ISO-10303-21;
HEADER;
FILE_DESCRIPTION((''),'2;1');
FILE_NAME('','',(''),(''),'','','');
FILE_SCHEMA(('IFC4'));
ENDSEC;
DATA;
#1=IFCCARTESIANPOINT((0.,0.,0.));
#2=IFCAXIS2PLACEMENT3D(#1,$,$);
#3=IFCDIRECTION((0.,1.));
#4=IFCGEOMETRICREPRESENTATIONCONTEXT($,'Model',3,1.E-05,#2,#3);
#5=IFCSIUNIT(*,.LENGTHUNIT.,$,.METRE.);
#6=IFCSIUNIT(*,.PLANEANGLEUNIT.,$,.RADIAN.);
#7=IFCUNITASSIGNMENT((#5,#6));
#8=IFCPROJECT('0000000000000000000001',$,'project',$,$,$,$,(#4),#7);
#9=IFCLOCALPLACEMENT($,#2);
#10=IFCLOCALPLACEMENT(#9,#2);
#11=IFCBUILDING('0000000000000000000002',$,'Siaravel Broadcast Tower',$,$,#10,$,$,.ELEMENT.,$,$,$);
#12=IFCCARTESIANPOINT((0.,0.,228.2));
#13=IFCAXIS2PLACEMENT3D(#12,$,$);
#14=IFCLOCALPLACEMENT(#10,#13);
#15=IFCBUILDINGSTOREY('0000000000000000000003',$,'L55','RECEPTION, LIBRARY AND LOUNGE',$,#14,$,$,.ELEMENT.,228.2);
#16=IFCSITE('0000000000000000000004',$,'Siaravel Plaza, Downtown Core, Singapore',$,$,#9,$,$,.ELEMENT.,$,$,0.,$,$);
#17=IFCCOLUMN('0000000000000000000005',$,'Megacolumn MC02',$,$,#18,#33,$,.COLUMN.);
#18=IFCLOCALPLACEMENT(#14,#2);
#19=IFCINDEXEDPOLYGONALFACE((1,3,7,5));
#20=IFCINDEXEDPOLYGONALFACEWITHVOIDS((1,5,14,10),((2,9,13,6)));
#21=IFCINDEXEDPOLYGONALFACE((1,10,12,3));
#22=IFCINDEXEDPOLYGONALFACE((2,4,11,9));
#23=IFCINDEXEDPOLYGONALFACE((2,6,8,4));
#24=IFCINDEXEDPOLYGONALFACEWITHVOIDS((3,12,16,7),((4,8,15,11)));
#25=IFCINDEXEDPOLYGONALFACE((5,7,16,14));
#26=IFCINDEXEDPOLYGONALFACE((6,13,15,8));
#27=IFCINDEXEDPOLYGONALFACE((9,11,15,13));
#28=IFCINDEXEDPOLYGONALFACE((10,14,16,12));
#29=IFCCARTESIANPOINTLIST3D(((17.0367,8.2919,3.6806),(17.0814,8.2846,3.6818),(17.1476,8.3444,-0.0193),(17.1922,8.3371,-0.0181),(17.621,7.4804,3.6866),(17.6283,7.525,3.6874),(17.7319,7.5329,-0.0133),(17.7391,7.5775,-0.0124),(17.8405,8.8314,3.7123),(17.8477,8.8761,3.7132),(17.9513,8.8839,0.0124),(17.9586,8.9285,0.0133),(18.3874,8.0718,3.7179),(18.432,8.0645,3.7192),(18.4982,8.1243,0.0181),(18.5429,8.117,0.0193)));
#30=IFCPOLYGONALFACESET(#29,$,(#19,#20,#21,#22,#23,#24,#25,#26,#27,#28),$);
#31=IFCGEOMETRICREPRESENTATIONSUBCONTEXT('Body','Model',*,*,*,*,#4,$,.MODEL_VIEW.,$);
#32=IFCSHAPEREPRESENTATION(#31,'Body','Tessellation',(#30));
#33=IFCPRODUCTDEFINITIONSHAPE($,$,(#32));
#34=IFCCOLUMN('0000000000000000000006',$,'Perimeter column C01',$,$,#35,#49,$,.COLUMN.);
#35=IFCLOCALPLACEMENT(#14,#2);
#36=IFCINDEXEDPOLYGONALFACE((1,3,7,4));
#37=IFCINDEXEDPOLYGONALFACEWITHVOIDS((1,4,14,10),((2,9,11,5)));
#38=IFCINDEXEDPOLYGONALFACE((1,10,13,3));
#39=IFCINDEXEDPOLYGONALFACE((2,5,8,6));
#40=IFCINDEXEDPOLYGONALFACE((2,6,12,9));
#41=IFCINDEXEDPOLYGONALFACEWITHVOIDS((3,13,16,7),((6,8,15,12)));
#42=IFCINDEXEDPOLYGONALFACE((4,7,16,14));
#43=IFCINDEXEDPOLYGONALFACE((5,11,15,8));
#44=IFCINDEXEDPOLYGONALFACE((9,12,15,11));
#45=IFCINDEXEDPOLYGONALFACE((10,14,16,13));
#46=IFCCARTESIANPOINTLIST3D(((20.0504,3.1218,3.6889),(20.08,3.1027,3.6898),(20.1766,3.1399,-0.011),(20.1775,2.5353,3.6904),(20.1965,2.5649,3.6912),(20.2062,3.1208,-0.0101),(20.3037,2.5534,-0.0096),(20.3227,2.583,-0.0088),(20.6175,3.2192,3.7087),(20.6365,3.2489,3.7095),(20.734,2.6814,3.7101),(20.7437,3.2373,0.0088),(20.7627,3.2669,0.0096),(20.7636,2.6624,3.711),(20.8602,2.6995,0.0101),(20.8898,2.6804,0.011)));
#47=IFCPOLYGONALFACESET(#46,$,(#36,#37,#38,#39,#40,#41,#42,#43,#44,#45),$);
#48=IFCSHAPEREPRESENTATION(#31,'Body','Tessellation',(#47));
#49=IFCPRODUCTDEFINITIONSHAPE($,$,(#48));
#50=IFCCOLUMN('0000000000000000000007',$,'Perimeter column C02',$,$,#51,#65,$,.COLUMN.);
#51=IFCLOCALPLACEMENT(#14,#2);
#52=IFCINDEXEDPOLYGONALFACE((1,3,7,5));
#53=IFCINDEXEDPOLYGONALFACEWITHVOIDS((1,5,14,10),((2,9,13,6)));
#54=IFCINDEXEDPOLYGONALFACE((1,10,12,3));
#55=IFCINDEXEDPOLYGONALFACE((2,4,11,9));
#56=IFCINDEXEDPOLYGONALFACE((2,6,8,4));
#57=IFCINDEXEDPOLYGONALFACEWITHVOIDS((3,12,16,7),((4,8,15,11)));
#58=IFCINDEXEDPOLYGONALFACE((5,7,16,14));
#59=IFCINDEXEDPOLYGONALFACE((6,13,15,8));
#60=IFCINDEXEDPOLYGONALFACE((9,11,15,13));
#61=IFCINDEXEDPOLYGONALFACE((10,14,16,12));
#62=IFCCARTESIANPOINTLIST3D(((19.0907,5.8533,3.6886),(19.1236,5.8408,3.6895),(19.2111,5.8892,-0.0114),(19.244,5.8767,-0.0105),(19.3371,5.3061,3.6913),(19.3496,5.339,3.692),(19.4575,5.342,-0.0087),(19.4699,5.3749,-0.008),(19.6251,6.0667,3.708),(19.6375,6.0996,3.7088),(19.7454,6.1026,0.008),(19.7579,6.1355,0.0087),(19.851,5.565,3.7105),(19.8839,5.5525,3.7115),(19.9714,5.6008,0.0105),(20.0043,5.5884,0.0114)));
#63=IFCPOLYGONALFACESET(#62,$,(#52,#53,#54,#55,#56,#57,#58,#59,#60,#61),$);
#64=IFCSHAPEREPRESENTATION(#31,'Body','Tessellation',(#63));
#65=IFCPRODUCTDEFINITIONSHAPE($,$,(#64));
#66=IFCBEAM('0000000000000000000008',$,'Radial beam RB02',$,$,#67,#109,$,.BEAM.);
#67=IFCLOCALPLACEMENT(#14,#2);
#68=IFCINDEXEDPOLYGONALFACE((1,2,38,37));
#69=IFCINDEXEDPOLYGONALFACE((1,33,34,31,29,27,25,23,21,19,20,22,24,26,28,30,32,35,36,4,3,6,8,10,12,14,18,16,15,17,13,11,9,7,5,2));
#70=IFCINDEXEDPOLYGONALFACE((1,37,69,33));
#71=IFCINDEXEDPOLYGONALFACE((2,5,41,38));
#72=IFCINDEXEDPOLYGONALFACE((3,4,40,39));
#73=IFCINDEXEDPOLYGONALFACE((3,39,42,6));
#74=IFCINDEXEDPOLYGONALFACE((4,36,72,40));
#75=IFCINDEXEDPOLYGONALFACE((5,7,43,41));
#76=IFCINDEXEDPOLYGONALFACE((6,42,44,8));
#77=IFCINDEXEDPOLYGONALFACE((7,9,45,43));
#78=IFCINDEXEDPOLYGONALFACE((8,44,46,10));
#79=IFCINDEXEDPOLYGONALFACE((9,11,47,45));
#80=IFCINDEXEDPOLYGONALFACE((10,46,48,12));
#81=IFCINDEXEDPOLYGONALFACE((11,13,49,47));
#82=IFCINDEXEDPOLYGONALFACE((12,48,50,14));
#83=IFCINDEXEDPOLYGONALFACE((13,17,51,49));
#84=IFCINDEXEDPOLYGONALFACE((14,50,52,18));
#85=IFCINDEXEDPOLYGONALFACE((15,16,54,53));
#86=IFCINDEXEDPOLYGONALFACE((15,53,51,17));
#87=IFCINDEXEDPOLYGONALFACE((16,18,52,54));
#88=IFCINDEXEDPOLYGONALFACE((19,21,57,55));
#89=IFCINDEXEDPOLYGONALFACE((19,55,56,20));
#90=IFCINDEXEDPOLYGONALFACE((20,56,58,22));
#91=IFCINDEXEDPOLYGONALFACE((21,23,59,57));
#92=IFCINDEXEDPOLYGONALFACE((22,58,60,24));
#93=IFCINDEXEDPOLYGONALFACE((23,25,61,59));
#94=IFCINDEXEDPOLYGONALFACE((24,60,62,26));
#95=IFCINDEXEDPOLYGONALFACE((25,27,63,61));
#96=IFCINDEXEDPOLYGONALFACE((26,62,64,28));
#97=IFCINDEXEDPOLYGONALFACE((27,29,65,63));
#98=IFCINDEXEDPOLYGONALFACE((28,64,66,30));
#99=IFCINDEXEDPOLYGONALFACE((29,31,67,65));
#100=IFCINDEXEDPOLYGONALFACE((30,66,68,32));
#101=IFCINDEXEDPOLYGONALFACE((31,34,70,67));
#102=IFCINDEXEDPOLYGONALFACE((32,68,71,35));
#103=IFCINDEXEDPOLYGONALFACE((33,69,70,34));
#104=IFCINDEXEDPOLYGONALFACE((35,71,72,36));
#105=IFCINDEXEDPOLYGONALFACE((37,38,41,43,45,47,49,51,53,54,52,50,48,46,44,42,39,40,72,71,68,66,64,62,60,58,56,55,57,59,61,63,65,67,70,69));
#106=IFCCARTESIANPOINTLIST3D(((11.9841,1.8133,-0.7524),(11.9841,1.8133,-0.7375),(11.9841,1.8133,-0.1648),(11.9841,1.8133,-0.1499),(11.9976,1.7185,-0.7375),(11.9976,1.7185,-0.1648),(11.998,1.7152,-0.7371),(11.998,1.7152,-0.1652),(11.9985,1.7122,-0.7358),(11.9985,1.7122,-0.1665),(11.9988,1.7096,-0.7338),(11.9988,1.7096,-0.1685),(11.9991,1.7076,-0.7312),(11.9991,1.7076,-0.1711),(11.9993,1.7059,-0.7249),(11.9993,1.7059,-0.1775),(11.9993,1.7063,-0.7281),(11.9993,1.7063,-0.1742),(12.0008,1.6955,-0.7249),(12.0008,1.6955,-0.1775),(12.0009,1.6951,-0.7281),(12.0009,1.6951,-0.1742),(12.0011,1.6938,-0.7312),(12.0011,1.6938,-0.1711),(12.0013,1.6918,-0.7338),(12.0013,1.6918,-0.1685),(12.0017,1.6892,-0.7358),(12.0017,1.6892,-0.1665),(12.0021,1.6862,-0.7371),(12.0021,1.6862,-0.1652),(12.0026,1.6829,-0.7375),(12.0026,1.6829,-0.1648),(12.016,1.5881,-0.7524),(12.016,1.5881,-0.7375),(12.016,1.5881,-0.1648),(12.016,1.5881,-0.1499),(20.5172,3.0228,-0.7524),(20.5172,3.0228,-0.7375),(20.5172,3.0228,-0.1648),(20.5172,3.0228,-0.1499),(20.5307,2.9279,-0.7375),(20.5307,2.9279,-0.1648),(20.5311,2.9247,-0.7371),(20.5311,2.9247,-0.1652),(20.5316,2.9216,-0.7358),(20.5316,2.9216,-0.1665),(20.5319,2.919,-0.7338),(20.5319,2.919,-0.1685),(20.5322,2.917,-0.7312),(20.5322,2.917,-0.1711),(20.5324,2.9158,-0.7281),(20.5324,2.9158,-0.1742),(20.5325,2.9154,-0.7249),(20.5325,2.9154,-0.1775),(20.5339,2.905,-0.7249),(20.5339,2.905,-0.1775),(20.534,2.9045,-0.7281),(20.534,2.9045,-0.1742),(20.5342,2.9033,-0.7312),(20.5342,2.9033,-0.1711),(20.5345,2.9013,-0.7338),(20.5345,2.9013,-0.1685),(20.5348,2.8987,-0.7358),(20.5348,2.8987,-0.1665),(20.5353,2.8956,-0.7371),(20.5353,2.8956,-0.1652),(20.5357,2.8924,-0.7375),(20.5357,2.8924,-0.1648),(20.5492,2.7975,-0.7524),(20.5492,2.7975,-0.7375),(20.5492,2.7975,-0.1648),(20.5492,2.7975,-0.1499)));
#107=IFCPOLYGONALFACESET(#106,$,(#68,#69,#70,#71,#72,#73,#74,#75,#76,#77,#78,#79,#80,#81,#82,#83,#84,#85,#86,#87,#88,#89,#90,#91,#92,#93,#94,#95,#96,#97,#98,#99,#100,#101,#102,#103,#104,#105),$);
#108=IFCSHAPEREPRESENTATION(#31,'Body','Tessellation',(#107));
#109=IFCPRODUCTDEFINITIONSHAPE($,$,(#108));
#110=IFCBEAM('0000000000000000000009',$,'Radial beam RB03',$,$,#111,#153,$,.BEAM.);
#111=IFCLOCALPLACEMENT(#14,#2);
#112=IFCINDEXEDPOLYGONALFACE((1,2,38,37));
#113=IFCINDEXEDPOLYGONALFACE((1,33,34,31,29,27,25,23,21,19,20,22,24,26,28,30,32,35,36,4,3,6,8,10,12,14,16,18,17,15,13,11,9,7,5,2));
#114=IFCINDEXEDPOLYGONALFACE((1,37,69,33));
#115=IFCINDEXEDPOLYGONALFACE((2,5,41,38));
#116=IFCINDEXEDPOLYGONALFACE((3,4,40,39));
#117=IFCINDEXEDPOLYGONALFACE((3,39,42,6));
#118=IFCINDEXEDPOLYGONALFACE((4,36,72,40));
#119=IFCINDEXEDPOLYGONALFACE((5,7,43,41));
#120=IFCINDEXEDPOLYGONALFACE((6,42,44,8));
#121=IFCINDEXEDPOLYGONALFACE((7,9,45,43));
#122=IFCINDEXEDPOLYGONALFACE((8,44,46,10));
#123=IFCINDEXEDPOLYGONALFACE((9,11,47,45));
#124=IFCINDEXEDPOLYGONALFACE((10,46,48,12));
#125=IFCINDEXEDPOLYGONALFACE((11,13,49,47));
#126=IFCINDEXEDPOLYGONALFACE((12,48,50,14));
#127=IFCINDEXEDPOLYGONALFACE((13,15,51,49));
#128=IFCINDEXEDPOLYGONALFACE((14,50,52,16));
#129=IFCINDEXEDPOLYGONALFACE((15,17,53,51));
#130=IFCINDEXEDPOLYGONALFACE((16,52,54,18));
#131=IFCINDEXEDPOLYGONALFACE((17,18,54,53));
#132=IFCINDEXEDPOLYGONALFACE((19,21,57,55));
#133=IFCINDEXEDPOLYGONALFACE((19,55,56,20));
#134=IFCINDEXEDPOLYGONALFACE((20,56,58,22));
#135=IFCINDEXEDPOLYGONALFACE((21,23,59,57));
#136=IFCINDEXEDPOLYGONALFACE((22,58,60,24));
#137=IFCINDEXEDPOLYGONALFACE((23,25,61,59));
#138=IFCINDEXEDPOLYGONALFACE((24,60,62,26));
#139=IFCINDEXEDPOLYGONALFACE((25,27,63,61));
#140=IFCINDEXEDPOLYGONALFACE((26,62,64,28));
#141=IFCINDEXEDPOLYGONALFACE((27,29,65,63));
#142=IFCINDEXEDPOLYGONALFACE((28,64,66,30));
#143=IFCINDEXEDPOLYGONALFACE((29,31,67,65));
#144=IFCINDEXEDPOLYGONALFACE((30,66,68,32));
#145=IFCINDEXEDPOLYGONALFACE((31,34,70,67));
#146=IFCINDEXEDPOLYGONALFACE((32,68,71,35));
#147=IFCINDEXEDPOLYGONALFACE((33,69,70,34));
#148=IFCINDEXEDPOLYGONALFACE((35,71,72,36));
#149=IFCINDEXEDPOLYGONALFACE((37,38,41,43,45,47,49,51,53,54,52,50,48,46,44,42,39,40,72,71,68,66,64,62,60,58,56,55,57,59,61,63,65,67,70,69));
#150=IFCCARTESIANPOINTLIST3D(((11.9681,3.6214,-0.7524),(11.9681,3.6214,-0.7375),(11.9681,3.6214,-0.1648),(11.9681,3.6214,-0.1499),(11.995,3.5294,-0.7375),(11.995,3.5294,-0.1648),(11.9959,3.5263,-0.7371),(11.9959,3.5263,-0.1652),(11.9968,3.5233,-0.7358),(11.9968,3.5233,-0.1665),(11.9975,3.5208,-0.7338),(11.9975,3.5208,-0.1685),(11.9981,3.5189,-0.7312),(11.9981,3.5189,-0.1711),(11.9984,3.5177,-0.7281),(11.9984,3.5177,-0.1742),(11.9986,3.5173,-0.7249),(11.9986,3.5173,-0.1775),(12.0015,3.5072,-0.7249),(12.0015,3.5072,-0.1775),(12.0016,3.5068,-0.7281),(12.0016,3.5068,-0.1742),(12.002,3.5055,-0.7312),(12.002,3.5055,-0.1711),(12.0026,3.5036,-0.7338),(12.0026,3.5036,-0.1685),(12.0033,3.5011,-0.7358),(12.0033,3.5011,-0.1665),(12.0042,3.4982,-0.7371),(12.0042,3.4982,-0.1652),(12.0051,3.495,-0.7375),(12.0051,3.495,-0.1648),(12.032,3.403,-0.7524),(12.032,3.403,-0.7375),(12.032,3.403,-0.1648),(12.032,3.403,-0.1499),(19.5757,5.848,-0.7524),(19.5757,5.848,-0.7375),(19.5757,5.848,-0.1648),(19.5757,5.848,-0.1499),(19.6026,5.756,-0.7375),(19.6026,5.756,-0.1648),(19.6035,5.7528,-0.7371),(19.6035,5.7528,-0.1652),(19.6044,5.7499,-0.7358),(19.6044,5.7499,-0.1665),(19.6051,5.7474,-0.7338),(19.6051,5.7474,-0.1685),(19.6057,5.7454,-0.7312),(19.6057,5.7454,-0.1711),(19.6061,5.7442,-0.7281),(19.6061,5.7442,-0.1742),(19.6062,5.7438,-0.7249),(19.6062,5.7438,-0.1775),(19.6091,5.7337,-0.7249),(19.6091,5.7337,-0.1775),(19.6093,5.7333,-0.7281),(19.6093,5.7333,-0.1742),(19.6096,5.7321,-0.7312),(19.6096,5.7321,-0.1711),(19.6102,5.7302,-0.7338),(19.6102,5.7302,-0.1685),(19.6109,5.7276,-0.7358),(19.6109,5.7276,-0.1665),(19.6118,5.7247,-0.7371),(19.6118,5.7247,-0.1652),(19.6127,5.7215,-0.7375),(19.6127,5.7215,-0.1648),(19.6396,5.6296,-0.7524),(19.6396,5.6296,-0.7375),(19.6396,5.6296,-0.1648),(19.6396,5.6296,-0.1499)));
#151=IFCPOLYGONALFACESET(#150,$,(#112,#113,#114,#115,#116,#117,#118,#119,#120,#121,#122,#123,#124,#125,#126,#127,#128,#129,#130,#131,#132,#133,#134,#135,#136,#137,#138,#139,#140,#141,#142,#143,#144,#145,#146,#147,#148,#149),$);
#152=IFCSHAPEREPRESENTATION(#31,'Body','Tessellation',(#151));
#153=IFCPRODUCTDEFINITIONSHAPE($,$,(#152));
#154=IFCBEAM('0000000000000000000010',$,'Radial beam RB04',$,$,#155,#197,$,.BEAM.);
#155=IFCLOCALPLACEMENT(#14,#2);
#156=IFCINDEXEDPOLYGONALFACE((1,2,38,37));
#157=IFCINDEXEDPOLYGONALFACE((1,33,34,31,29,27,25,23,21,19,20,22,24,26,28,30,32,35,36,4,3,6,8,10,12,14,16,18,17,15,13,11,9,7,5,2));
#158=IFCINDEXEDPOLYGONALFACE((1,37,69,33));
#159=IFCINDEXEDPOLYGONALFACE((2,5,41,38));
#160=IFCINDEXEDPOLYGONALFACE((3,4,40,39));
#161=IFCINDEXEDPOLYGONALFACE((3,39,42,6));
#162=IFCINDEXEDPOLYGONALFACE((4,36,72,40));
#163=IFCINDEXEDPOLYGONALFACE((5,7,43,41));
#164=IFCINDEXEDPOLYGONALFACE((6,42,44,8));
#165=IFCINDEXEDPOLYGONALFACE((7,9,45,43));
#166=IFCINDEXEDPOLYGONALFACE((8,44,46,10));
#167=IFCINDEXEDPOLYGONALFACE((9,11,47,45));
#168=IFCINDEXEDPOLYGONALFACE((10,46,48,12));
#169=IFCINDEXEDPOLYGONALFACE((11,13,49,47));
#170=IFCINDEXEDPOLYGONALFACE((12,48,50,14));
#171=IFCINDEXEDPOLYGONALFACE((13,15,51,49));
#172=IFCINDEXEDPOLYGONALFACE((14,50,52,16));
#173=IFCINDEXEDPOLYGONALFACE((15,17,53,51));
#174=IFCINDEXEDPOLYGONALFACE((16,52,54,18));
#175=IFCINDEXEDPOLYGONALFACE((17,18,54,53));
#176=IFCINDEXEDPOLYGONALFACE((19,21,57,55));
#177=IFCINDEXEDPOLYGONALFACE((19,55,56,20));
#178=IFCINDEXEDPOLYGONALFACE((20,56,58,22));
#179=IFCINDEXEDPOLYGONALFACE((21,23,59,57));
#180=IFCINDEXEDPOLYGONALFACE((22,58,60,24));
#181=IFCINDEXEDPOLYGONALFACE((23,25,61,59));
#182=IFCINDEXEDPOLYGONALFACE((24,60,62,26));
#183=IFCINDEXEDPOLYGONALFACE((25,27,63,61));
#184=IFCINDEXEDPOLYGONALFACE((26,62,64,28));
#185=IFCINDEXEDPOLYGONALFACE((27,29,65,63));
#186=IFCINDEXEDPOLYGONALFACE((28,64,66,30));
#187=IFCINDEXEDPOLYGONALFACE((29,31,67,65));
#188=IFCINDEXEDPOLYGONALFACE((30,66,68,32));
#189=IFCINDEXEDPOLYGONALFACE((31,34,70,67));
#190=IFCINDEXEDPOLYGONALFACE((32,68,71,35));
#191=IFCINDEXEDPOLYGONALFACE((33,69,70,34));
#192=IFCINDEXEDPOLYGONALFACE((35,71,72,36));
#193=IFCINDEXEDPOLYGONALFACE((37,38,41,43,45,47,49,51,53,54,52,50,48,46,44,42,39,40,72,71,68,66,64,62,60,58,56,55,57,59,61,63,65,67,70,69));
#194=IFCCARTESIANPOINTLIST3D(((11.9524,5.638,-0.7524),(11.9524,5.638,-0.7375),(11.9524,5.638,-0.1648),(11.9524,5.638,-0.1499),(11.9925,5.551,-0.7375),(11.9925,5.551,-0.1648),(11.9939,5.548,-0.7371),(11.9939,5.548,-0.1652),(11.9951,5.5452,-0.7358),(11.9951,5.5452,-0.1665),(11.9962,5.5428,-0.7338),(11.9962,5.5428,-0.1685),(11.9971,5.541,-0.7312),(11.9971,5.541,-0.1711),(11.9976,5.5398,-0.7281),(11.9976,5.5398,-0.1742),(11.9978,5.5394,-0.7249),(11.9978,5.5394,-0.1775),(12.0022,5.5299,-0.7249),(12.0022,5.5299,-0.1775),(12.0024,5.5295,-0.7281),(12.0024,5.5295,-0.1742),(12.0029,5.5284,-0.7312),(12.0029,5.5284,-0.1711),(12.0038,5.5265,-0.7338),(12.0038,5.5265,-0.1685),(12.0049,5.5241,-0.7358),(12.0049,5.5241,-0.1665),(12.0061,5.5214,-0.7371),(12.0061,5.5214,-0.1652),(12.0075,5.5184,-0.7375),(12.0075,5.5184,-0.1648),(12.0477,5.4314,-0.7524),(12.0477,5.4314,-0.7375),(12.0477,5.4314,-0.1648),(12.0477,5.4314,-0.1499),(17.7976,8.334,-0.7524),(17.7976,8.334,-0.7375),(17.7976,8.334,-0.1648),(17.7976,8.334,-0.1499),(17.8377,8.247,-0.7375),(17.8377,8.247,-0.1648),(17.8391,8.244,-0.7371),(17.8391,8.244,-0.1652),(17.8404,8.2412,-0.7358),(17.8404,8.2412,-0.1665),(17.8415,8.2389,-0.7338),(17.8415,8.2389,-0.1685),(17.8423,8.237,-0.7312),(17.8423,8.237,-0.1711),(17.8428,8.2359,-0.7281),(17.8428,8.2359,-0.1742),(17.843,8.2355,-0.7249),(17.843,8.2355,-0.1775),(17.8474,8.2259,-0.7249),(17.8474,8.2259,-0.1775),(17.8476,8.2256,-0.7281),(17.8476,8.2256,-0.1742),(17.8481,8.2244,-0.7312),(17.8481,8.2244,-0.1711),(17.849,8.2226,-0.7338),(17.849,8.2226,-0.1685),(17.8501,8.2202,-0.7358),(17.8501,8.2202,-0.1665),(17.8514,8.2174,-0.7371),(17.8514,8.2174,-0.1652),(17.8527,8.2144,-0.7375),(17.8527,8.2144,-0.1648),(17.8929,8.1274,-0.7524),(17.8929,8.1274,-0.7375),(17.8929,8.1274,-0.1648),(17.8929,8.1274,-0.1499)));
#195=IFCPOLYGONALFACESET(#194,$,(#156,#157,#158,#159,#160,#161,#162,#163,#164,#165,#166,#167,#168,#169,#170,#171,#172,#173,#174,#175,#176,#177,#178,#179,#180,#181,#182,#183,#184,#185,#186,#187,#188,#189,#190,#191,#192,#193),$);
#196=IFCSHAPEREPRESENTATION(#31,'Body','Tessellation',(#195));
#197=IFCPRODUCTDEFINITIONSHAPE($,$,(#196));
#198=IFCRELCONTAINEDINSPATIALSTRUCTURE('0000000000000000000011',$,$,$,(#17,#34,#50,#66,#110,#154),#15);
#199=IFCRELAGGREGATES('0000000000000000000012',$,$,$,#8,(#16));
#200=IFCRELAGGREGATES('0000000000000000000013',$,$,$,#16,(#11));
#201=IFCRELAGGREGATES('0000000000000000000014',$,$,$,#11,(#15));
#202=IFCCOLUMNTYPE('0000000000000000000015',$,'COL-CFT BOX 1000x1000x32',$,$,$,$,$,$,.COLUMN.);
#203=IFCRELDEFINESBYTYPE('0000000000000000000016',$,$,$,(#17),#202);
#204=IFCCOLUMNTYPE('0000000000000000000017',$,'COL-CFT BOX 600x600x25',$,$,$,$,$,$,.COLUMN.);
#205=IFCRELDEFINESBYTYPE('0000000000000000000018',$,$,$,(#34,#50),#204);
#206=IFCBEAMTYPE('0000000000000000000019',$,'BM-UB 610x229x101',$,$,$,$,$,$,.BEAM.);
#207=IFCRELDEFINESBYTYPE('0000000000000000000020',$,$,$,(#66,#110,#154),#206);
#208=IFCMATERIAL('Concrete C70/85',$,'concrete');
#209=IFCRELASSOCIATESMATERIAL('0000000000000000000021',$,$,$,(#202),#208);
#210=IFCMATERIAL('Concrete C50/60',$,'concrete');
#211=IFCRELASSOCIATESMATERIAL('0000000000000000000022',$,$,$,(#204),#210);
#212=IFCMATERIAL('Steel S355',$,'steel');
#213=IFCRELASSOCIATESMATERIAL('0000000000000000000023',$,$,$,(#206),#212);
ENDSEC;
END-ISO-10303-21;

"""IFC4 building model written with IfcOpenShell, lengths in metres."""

from ifc_helpers import new_model, si_unit, direction, frame, origin, origin_2d, place, context, subcontext, project, spatial, hollow_rectangle, i_section, extrude, material, material_profile, profile_set, type_object, element, save


model = new_model("IFC4")

# Units and contexts
model_context = context("Model", 3, precision=1e-05, world=origin(), true_north=direction((0.0, 1.0)))
body_context = subcontext(model_context, "Body", "Model", "MODEL_VIEW")
ifc_project = project(units=[si_unit("LENGTHUNIT", "METRE"), si_unit("PLANEANGLEUNIT", "RADIAN")], contexts=[model_context])

# Site, building, storey
site_placement = place(None, origin())
site = spatial("IfcSite", under=ifc_project, at=site_placement, Name="Siaravel Plaza, Downtown Core, Singapore", CompositionType="ELEMENT", RefElevation=0.0)
building_placement = place(site_placement, origin())
building = spatial("IfcBuilding", under=site, at=building_placement, Name="Siaravel Broadcast Tower", CompositionType="ELEMENT")
storey_placement = place(building_placement, frame((0.0, 0.0, 228.2)))
storey = spatial("IfcBuildingStorey", under=building, at=storey_placement, Name="L55", Description="RECEPTION, LIBRARY AND LOUNGE", CompositionType="ELEMENT", Elevation=228.2)

# Columns
ifc_material_1 = material(Name="Concrete C70/85", Category="concrete")
ifc_material_profile_1 = material_profile(ifc_material_1, hollow_rectangle(XDim=1.0, YDim=1.0, WallThickness=0.032, at=origin_2d()))
ifc_profile_set_1 = profile_set([ifc_material_profile_1], Name="Concrete C70/85")
column_type_1 = type_object("IfcColumnType", Name="COL-CFT BOX 1000x1000x32", PredefinedType="COLUMN", material=ifc_profile_set_1)
column_placement = place(storey_placement, frame((17.8452, 8.2307, 0.0), z_axis=(-0.029941, -0.014179, 0.999451), x_axis=(0.584284, -0.811527, 0.005991)))
element("IfcColumn", 1, at=column_placement, inside=storey, type_object=column_type_1, Name="Megacolumn MC02", PredefinedType="COLUMN", context=body_context, shape_type="SweptSolid", body=[
    extrude(hollow_rectangle(XDim=1.0, YDim=1.0, WallThickness=0.032, at=origin_2d()), origin(), (0.0, 0.0, 1.0), 3.7019),
])
ifc_material_2 = material(Name="Concrete C50/60", Category="concrete")
ifc_material_profile_2 = material_profile(ifc_material_2, hollow_rectangle(XDim=0.6001, YDim=0.6001, WallThickness=0.0249, at=origin_2d()))
ifc_profile_set_2 = profile_set([ifc_material_profile_2], Name="Concrete C50/60")
column_type_2 = type_object("IfcColumnType", Name="COL-CFT BOX 600x600x25", PredefinedType="COLUMN", material=ifc_profile_set_2)
for number, where, z_axis, x_axis, name in (
    (2, (20.5332, 2.9102, 0.0), (-0.034094, -0.00488, 0.999407), (0.211754, -0.97732, 0.002452), "Perimeter column C01"),
    (3, (19.6077, 5.7388, 0.0), (-0.032512, -0.009694, 0.999424), (0.410601, -0.911804, 0.004513), "Perimeter column C02"),
):
    element("IfcColumn", number, at=place(storey_placement, frame(where, z_axis=z_axis, x_axis=x_axis)), inside=storey, type_object=column_type_2, Name=name, PredefinedType="COLUMN", context=body_context, shape_type="SweptSolid", body=[
        extrude(hollow_rectangle(XDim=0.6001, YDim=0.6001, WallThickness=0.0249, at=origin_2d()), origin(), (0.0, 0.0, 1.0), 3.7021),
    ])

# Beams
ifc_material_3 = material(Name="Steel S355", Category="steel")
ifc_material_profile_3 = material_profile(ifc_material_3, i_section(OverallWidth=0.2275, OverallDepth=0.6025, WebThickness=0.0105, FlangeThickness=0.0149, FilletRadius=0.0127, at=origin_2d()))
ifc_profile_set_3 = profile_set([ifc_material_profile_3], Name="Steel S355")
beam_type = type_object("IfcBeamType", Name="BM-UB 610x229x101", PredefinedType="BEAM", material=ifc_profile_set_3)
beam_1_placement = place(storey_placement, frame((20.5332, 2.9102, -0.4512), z_axis=(-0.990104, -0.140335, 0.0), x_axis=(0.140335, -0.990104, 0.0)))
element("IfcBeam", 4, at=beam_1_placement, inside=storey, type_object=beam_type, Name="Radial beam RB02", PredefinedType="BEAM", context=body_context, shape_type="SweptSolid", body=[
    extrude(i_section(OverallWidth=0.2275, OverallDepth=0.6025, WebThickness=0.0105, FlangeThickness=0.0149, FilletRadius=0.0127, at=origin_2d()), origin(), (0.0, 0.0, 1.0), 8.6184),
])
beam_2_placement = place(storey_placement, frame((19.6077, 5.7388, -0.4512), z_axis=(-0.95974, -0.28089, 0.0), x_axis=(0.28089, -0.95974, 0.0)))
element("IfcBeam", 5, at=beam_2_placement, inside=storey, type_object=beam_type, Name="Radial beam RB03", PredefinedType="BEAM", context=body_context, shape_type="SweptSolid", body=[
    extrude(i_section(OverallWidth=0.2275, OverallDepth=0.6025, WebThickness=0.0105, FlangeThickness=0.0149, FilletRadius=0.0127, at=origin_2d()), origin(), (0.0, 0.0, 1.0), 7.9268),
])
beam_3_placement = place(storey_placement, frame((17.8452, 8.2307, -0.4512), z_axis=(-0.908063, -0.418834, 0.0), x_axis=(0.418834, -0.908063, 0.0)))
element("IfcBeam", 6, at=beam_3_placement, inside=storey, type_object=beam_type, Name="Radial beam RB04", PredefinedType="BEAM", context=body_context, shape_type="SweptSolid", body=[
    extrude(i_section(OverallWidth=0.2275, OverallDepth=0.6025, WebThickness=0.0105, FlangeThickness=0.0149, FilletRadius=0.0127, at=origin_2d()), origin(), (0.0, 0.0, 1.0), 6.437),
])

save(model, "model.ifc")
